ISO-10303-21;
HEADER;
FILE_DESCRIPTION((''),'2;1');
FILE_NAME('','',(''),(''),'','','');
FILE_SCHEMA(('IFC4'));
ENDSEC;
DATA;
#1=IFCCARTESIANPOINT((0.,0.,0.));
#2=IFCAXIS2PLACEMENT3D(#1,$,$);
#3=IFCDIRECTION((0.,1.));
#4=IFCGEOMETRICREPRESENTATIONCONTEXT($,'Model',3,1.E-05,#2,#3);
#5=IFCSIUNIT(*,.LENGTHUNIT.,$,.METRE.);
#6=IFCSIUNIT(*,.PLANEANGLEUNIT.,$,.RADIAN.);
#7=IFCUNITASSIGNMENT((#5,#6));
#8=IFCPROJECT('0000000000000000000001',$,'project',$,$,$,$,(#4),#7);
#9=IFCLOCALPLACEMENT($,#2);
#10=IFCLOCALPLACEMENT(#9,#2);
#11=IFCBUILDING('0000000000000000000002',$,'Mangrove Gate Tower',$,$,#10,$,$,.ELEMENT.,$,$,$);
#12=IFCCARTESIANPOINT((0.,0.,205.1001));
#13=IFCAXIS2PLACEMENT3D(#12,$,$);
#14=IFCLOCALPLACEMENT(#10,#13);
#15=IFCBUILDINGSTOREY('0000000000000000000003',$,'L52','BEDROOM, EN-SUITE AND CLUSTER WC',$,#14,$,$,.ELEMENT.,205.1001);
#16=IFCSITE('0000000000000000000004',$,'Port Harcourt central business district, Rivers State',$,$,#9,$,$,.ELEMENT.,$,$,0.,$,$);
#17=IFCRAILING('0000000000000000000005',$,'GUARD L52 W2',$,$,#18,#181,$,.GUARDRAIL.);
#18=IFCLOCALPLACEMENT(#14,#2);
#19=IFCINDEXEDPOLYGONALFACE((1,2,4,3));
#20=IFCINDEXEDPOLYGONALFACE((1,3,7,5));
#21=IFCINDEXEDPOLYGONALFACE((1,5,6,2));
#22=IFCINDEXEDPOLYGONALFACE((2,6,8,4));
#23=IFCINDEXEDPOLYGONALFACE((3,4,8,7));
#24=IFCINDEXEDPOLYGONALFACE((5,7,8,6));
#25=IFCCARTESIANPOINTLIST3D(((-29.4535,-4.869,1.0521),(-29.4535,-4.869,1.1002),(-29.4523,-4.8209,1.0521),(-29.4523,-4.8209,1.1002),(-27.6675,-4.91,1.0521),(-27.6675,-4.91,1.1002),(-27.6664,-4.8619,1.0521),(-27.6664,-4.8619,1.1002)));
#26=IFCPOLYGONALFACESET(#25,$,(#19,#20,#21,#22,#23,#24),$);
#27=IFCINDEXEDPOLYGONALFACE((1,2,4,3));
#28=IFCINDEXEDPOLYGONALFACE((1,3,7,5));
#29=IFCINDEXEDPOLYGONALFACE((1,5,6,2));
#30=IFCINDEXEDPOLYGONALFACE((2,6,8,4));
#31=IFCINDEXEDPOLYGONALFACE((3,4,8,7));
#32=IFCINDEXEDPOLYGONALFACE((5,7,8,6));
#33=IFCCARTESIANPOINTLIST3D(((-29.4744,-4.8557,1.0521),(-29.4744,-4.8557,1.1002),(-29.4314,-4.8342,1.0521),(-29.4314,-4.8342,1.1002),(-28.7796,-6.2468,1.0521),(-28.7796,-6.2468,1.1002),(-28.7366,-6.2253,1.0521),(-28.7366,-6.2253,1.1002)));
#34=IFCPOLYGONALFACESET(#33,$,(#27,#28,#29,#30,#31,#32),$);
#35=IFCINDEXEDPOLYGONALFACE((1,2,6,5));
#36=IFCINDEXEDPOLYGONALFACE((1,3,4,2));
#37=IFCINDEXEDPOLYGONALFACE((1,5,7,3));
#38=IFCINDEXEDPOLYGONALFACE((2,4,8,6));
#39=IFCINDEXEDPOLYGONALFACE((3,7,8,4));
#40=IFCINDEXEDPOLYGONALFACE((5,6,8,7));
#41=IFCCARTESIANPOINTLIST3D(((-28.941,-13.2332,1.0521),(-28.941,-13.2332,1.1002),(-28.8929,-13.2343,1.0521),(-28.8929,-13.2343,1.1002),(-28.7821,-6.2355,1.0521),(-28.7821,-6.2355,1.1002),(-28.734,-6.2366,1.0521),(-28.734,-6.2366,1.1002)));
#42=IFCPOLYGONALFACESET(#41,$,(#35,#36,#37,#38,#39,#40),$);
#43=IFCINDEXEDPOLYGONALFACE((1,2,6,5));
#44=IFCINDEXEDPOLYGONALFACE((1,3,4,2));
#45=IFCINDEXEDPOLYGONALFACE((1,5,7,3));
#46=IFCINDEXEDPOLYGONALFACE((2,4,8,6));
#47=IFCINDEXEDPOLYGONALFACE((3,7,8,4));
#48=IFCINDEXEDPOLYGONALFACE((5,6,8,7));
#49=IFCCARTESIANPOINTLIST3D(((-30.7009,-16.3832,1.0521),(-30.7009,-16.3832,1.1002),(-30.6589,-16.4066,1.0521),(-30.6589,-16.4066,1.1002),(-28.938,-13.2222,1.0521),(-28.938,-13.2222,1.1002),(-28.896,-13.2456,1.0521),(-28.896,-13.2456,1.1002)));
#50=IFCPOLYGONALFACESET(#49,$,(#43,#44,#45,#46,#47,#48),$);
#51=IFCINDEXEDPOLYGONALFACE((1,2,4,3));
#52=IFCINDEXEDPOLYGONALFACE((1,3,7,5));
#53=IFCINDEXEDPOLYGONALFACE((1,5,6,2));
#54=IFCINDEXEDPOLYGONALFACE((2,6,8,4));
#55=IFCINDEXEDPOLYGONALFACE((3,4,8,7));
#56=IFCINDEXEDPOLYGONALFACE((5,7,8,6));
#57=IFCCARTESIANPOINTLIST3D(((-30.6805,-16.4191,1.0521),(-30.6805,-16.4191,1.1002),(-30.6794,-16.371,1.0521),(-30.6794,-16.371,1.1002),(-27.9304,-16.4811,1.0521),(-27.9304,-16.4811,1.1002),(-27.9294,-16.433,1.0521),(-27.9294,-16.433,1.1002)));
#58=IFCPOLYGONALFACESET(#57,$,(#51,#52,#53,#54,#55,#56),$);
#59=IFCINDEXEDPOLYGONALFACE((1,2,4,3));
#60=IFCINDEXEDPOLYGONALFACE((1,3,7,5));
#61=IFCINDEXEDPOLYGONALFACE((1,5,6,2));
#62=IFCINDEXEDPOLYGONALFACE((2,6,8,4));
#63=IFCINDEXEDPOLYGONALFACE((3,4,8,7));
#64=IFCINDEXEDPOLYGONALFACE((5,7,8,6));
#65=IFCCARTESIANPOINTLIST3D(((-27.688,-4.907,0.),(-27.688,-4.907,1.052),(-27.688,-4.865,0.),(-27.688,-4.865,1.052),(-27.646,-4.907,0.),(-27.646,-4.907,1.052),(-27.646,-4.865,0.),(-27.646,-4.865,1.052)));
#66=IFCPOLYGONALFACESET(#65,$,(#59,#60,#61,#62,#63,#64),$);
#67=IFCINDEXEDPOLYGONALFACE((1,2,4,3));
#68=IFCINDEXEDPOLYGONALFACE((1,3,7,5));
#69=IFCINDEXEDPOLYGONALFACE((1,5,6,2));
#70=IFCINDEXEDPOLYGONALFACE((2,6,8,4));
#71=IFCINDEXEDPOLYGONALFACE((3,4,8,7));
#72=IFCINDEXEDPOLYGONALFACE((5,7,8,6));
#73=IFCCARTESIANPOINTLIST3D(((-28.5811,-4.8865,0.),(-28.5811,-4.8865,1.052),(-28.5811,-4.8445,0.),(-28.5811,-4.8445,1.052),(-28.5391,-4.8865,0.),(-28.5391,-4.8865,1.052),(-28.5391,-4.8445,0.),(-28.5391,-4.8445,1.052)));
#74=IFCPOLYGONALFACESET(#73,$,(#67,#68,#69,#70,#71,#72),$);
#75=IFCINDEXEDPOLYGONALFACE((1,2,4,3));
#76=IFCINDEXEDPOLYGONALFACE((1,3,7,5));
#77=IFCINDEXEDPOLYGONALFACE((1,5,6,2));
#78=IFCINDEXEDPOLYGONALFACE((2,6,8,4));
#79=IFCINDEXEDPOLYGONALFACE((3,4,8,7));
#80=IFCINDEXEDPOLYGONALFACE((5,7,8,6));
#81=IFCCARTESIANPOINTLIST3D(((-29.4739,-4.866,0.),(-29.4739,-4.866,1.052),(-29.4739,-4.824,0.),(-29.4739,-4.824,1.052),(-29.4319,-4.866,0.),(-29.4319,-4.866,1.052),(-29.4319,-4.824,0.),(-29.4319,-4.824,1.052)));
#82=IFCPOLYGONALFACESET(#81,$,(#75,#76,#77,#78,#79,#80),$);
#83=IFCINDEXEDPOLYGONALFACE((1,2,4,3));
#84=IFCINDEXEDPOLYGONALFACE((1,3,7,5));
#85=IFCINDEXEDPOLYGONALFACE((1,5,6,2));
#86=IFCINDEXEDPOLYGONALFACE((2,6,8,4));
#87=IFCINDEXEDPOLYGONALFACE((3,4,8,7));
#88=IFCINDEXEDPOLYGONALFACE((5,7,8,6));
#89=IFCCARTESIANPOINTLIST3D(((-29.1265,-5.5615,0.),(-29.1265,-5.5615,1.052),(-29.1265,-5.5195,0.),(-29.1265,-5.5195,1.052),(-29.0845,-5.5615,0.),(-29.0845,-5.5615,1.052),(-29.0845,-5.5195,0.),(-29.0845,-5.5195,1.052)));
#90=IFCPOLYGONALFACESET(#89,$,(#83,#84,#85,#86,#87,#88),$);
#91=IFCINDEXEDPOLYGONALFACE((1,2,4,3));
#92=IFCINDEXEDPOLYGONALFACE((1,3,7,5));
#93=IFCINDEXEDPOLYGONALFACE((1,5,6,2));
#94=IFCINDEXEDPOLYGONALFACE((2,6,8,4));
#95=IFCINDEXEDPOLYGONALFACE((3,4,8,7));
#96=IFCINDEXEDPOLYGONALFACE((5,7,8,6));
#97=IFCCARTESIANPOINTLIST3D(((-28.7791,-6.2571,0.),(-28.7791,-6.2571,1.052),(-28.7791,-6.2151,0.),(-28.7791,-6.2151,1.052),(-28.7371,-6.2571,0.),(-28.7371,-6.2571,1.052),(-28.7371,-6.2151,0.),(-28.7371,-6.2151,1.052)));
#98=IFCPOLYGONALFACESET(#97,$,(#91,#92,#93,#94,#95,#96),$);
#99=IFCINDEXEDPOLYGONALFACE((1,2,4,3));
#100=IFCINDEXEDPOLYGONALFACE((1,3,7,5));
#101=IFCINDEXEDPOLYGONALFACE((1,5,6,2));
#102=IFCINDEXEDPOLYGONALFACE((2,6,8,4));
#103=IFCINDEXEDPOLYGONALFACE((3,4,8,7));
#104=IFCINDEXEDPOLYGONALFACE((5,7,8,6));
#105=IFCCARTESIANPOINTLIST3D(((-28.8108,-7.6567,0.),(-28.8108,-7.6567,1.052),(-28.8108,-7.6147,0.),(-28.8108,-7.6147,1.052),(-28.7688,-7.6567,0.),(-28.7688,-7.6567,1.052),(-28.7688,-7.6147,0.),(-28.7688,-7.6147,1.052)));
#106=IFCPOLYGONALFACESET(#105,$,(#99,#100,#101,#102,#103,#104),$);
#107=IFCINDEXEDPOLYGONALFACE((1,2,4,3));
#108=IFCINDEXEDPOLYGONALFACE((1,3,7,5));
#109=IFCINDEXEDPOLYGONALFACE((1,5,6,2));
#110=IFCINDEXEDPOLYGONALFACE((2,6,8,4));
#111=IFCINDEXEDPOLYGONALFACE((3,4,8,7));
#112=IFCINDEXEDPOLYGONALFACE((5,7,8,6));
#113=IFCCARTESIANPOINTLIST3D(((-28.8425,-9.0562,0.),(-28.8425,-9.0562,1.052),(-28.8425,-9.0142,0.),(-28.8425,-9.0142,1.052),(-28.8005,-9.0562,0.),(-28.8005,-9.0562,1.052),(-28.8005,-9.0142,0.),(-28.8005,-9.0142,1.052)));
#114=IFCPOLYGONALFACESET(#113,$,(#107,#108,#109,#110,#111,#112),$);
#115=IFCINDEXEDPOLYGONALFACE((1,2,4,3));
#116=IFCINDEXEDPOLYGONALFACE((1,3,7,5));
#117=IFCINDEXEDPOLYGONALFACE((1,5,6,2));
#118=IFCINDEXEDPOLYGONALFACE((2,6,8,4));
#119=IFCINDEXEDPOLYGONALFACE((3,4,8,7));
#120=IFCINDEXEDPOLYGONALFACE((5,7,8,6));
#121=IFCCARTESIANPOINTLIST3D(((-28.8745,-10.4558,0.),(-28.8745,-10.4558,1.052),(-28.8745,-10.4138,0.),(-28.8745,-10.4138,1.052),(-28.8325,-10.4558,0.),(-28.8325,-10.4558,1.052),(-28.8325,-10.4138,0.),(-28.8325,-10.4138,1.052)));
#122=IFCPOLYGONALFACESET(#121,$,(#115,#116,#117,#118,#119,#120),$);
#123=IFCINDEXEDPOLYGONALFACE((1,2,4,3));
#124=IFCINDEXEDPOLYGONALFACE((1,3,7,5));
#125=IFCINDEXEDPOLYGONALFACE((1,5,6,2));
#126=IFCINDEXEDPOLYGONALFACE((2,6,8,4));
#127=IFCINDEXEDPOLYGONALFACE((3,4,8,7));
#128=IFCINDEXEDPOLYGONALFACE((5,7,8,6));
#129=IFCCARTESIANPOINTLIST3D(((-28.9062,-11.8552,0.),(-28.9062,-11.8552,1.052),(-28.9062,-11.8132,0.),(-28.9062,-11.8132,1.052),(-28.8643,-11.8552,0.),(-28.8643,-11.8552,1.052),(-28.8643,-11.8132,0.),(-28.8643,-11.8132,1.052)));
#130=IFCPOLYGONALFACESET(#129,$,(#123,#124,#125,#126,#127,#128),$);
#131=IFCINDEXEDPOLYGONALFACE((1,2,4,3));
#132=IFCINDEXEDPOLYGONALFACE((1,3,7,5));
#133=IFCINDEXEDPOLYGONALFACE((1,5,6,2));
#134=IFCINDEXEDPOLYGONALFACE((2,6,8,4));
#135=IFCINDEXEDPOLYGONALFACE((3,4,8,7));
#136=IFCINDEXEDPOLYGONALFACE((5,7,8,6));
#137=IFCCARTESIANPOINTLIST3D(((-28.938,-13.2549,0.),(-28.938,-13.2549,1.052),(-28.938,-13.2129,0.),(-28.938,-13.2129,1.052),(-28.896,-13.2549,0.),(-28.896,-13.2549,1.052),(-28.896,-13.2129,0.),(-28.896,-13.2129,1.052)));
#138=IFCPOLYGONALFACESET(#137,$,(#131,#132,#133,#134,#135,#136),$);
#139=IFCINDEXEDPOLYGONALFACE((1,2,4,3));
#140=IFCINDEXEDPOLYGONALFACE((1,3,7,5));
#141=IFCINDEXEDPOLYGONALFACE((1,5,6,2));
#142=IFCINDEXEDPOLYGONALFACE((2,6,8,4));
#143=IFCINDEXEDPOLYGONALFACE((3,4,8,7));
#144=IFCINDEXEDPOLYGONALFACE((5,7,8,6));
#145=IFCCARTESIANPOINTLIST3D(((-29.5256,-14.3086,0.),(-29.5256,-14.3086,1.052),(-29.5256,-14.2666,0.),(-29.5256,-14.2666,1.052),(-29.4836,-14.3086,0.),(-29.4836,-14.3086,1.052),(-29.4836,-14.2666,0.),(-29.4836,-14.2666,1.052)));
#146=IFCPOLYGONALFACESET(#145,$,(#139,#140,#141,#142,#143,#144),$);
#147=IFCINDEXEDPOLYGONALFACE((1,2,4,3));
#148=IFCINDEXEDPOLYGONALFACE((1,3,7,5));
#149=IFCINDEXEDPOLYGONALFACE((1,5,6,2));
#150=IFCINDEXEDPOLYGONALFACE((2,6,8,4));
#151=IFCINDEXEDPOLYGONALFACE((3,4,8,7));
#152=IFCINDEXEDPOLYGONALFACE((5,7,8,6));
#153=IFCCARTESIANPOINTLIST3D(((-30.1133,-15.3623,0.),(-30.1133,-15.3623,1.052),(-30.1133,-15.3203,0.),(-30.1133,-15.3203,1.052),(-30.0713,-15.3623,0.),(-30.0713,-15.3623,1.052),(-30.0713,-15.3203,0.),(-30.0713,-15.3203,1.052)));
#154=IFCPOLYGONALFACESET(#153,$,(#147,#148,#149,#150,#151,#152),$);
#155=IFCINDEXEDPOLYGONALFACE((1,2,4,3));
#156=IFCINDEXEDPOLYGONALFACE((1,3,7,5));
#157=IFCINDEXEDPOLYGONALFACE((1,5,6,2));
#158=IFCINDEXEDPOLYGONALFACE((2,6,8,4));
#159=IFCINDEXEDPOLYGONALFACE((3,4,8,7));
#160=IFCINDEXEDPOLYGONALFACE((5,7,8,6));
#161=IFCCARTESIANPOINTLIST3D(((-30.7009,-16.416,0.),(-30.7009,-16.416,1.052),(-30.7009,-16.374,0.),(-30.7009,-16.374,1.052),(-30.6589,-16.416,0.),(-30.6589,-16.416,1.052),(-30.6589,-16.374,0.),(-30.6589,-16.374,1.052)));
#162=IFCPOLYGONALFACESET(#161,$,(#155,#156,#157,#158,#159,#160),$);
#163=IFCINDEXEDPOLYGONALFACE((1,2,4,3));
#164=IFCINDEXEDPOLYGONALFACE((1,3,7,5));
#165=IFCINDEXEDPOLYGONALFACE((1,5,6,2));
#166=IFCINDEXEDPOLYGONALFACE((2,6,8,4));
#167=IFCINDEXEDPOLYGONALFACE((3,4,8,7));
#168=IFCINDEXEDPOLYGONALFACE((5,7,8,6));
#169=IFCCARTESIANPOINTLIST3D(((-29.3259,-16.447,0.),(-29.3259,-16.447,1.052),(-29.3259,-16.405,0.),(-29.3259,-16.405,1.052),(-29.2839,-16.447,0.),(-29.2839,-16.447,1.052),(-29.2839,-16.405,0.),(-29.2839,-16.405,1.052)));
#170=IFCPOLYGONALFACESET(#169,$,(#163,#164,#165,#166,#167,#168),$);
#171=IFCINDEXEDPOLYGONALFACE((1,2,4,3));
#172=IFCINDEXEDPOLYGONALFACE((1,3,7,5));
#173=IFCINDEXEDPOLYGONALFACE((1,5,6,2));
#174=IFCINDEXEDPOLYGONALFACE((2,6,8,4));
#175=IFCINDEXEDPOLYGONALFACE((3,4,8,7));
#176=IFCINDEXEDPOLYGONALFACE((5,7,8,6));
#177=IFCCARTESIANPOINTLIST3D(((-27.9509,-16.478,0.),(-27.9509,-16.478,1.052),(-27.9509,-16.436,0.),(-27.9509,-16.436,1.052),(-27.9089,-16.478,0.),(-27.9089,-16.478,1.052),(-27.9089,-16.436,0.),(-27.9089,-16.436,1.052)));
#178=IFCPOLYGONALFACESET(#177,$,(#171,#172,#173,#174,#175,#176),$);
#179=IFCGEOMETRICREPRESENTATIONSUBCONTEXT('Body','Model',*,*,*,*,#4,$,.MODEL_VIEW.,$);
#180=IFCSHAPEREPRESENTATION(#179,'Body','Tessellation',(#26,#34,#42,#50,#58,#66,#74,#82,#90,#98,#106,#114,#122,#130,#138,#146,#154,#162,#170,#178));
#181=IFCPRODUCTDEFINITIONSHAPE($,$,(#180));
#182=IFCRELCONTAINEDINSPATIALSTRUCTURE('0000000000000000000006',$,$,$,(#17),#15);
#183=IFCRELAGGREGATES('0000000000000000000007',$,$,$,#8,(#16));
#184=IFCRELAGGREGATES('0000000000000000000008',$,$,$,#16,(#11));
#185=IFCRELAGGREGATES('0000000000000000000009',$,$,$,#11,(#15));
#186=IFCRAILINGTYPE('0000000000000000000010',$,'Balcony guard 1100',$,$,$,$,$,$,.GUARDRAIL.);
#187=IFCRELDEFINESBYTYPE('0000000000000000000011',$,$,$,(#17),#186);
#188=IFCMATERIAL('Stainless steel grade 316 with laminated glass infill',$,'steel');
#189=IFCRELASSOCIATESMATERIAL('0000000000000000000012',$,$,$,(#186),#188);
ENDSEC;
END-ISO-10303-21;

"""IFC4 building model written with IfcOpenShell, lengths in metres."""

from ifc_helpers import new_model, si_unit, direction, frame, origin, origin_2d, place, context, subcontext, project, spatial, rectangle, extrude, material, type_object, element, save


model = new_model("IFC4")

# Units and contexts
model_context = context("Model", 3, precision=1e-05, world=origin(), true_north=direction((0.0, 1.0)))
body_context = subcontext(model_context, "Body", "Model", "MODEL_VIEW")
ifc_project = project(units=[si_unit("LENGTHUNIT", "METRE"), si_unit("PLANEANGLEUNIT", "RADIAN")], contexts=[model_context])

# Site, building, storey
site_placement = place(None, origin())
site = spatial("IfcSite", under=ifc_project, at=site_placement, Name="Port Harcourt central business district, Rivers State", CompositionType="ELEMENT", RefElevation=0.0)
building_placement = place(site_placement, origin())
building = spatial("IfcBuilding", under=site, at=building_placement, Name="Mangrove Gate Tower", CompositionType="ELEMENT")
storey_placement = place(building_placement, frame((0.0, 0.0, 205.1001)))
storey = spatial("IfcBuildingStorey", under=building, at=storey_placement, Name="L52", Description="BEDROOM, EN-SUITE AND CLUSTER WC", CompositionType="ELEMENT", Elevation=205.1001)

# Railing
ifc_material_1 = material(Name="Stainless steel grade 316 with laminated glass infill", Category="steel")
railing_type = type_object("IfcRailingType", Name="Balcony guard 1100", PredefinedType="GUARDRAIL", material=ifc_material_1)
railing_placement = place(storey_placement, frame((-27.667, -4.886, 0.0)))
element("IfcRailing", 1, at=railing_placement, inside=storey, type_object=railing_type, Name="GUARD L52 W2", PredefinedType="GUARDRAIL", context=body_context, shape_type="SweptSolid", body=[
    extrude(rectangle(XDim=0.0481, YDim=0.0481, at=origin_2d()), frame((0.0, 0.0, 1.0762), z_axis=(-0.999736, 0.02296, 0.0), x_axis=(-0.02296, -0.999736, 0.0)), (0.0, 0.0, 1.0), 1.7864),
    extrude(rectangle(XDim=0.0481, YDim=0.0481, at=origin_2d()), frame((-1.7859, 0.041, 1.0762), z_axis=(0.446837, -0.894616, 0.0), x_axis=(0.894616, 0.446837, 0.0)), (0.0, 0.0, 1.0), 1.5549),
    extrude(rectangle(XDim=0.0481, YDim=0.0481, at=origin_2d()), frame((-1.0911, -1.3501, 1.0762), z_axis=(-0.022706, -0.999742, 0.0), x_axis=(0.999742, -0.022706, 0.0)), (0.0, 0.0, 1.0), 6.9995),
    extrude(rectangle(XDim=0.0481, YDim=0.0481, at=origin_2d()), frame((-1.25, -8.3479, 1.0762), z_axis=(-0.487068, -0.873364, 0.0), x_axis=(0.873364, -0.487068, 0.0)), (0.0, 0.0, 1.0), 3.6194),
    extrude(rectangle(XDim=0.0481, YDim=0.0481, at=origin_2d()), frame((-3.0129, -11.509, 1.0762), z_axis=(0.999746, -0.022544, 0.0), x_axis=(0.022544, 0.999746, 0.0)), (0.0, 0.0, 1.0), 2.7507),
    extrude(rectangle(XDim=0.042, YDim=0.042, at=origin_2d()), origin(), (0.0, 0.0, 1.0), 1.052),
    extrude(rectangle(XDim=0.042, YDim=0.042, at=origin_2d()), frame((-0.8931, 0.0205, 0.0)), (0.0, 0.0, 1.0), 1.052),
    extrude(rectangle(XDim=0.042, YDim=0.042, at=origin_2d()), frame((-1.7859, 0.041, 0.0)), (0.0, 0.0, 1.0), 1.052),
    extrude(rectangle(XDim=0.042, YDim=0.042, at=origin_2d()), frame((-1.4385, -0.6545, 0.0)), (0.0, 0.0, 1.0), 1.052),
    extrude(rectangle(XDim=0.042, YDim=0.042, at=origin_2d()), frame((-1.0911, -1.3501, 0.0)), (0.0, 0.0, 1.0), 1.052),
    extrude(rectangle(XDim=0.042, YDim=0.042, at=origin_2d()), frame((-1.1228, -2.7498, 0.0)), (0.0, 0.0, 1.0), 1.052),
    extrude(rectangle(XDim=0.042, YDim=0.042, at=origin_2d()), frame((-1.1545, -4.1492, 0.0)), (0.0, 0.0, 1.0), 1.052),
    extrude(rectangle(XDim=0.042, YDim=0.042, at=origin_2d()), frame((-1.1865, -5.5488, 0.0)), (0.0, 0.0, 1.0), 1.052),
    extrude(rectangle(XDim=0.042, YDim=0.042, at=origin_2d()), frame((-1.2183, -6.9482, 0.0)), (0.0, 0.0, 1.0), 1.052),
    extrude(rectangle(XDim=0.042, YDim=0.042, at=origin_2d()), frame((-1.25, -8.3479, 0.0)), (0.0, 0.0, 1.0), 1.052),
    extrude(rectangle(XDim=0.042, YDim=0.042, at=origin_2d()), frame((-1.8376, -9.4016, 0.0)), (0.0, 0.0, 1.0), 1.052),
    extrude(rectangle(XDim=0.042, YDim=0.042, at=origin_2d()), frame((-2.4253, -10.4553, 0.0)), (0.0, 0.0, 1.0), 1.052),
    extrude(rectangle(XDim=0.042, YDim=0.042, at=origin_2d()), frame((-3.0129, -11.509, 0.0)), (0.0, 0.0, 1.0), 1.052),
    extrude(rectangle(XDim=0.042, YDim=0.042, at=origin_2d()), frame((-1.6379, -11.54, 0.0)), (0.0, 0.0, 1.0), 1.052),
    extrude(rectangle(XDim=0.042, YDim=0.042, at=origin_2d()), frame((-0.2629, -11.571, 0.0)), (0.0, 0.0, 1.0), 1.052),
])

save(model, "model.ifc")
